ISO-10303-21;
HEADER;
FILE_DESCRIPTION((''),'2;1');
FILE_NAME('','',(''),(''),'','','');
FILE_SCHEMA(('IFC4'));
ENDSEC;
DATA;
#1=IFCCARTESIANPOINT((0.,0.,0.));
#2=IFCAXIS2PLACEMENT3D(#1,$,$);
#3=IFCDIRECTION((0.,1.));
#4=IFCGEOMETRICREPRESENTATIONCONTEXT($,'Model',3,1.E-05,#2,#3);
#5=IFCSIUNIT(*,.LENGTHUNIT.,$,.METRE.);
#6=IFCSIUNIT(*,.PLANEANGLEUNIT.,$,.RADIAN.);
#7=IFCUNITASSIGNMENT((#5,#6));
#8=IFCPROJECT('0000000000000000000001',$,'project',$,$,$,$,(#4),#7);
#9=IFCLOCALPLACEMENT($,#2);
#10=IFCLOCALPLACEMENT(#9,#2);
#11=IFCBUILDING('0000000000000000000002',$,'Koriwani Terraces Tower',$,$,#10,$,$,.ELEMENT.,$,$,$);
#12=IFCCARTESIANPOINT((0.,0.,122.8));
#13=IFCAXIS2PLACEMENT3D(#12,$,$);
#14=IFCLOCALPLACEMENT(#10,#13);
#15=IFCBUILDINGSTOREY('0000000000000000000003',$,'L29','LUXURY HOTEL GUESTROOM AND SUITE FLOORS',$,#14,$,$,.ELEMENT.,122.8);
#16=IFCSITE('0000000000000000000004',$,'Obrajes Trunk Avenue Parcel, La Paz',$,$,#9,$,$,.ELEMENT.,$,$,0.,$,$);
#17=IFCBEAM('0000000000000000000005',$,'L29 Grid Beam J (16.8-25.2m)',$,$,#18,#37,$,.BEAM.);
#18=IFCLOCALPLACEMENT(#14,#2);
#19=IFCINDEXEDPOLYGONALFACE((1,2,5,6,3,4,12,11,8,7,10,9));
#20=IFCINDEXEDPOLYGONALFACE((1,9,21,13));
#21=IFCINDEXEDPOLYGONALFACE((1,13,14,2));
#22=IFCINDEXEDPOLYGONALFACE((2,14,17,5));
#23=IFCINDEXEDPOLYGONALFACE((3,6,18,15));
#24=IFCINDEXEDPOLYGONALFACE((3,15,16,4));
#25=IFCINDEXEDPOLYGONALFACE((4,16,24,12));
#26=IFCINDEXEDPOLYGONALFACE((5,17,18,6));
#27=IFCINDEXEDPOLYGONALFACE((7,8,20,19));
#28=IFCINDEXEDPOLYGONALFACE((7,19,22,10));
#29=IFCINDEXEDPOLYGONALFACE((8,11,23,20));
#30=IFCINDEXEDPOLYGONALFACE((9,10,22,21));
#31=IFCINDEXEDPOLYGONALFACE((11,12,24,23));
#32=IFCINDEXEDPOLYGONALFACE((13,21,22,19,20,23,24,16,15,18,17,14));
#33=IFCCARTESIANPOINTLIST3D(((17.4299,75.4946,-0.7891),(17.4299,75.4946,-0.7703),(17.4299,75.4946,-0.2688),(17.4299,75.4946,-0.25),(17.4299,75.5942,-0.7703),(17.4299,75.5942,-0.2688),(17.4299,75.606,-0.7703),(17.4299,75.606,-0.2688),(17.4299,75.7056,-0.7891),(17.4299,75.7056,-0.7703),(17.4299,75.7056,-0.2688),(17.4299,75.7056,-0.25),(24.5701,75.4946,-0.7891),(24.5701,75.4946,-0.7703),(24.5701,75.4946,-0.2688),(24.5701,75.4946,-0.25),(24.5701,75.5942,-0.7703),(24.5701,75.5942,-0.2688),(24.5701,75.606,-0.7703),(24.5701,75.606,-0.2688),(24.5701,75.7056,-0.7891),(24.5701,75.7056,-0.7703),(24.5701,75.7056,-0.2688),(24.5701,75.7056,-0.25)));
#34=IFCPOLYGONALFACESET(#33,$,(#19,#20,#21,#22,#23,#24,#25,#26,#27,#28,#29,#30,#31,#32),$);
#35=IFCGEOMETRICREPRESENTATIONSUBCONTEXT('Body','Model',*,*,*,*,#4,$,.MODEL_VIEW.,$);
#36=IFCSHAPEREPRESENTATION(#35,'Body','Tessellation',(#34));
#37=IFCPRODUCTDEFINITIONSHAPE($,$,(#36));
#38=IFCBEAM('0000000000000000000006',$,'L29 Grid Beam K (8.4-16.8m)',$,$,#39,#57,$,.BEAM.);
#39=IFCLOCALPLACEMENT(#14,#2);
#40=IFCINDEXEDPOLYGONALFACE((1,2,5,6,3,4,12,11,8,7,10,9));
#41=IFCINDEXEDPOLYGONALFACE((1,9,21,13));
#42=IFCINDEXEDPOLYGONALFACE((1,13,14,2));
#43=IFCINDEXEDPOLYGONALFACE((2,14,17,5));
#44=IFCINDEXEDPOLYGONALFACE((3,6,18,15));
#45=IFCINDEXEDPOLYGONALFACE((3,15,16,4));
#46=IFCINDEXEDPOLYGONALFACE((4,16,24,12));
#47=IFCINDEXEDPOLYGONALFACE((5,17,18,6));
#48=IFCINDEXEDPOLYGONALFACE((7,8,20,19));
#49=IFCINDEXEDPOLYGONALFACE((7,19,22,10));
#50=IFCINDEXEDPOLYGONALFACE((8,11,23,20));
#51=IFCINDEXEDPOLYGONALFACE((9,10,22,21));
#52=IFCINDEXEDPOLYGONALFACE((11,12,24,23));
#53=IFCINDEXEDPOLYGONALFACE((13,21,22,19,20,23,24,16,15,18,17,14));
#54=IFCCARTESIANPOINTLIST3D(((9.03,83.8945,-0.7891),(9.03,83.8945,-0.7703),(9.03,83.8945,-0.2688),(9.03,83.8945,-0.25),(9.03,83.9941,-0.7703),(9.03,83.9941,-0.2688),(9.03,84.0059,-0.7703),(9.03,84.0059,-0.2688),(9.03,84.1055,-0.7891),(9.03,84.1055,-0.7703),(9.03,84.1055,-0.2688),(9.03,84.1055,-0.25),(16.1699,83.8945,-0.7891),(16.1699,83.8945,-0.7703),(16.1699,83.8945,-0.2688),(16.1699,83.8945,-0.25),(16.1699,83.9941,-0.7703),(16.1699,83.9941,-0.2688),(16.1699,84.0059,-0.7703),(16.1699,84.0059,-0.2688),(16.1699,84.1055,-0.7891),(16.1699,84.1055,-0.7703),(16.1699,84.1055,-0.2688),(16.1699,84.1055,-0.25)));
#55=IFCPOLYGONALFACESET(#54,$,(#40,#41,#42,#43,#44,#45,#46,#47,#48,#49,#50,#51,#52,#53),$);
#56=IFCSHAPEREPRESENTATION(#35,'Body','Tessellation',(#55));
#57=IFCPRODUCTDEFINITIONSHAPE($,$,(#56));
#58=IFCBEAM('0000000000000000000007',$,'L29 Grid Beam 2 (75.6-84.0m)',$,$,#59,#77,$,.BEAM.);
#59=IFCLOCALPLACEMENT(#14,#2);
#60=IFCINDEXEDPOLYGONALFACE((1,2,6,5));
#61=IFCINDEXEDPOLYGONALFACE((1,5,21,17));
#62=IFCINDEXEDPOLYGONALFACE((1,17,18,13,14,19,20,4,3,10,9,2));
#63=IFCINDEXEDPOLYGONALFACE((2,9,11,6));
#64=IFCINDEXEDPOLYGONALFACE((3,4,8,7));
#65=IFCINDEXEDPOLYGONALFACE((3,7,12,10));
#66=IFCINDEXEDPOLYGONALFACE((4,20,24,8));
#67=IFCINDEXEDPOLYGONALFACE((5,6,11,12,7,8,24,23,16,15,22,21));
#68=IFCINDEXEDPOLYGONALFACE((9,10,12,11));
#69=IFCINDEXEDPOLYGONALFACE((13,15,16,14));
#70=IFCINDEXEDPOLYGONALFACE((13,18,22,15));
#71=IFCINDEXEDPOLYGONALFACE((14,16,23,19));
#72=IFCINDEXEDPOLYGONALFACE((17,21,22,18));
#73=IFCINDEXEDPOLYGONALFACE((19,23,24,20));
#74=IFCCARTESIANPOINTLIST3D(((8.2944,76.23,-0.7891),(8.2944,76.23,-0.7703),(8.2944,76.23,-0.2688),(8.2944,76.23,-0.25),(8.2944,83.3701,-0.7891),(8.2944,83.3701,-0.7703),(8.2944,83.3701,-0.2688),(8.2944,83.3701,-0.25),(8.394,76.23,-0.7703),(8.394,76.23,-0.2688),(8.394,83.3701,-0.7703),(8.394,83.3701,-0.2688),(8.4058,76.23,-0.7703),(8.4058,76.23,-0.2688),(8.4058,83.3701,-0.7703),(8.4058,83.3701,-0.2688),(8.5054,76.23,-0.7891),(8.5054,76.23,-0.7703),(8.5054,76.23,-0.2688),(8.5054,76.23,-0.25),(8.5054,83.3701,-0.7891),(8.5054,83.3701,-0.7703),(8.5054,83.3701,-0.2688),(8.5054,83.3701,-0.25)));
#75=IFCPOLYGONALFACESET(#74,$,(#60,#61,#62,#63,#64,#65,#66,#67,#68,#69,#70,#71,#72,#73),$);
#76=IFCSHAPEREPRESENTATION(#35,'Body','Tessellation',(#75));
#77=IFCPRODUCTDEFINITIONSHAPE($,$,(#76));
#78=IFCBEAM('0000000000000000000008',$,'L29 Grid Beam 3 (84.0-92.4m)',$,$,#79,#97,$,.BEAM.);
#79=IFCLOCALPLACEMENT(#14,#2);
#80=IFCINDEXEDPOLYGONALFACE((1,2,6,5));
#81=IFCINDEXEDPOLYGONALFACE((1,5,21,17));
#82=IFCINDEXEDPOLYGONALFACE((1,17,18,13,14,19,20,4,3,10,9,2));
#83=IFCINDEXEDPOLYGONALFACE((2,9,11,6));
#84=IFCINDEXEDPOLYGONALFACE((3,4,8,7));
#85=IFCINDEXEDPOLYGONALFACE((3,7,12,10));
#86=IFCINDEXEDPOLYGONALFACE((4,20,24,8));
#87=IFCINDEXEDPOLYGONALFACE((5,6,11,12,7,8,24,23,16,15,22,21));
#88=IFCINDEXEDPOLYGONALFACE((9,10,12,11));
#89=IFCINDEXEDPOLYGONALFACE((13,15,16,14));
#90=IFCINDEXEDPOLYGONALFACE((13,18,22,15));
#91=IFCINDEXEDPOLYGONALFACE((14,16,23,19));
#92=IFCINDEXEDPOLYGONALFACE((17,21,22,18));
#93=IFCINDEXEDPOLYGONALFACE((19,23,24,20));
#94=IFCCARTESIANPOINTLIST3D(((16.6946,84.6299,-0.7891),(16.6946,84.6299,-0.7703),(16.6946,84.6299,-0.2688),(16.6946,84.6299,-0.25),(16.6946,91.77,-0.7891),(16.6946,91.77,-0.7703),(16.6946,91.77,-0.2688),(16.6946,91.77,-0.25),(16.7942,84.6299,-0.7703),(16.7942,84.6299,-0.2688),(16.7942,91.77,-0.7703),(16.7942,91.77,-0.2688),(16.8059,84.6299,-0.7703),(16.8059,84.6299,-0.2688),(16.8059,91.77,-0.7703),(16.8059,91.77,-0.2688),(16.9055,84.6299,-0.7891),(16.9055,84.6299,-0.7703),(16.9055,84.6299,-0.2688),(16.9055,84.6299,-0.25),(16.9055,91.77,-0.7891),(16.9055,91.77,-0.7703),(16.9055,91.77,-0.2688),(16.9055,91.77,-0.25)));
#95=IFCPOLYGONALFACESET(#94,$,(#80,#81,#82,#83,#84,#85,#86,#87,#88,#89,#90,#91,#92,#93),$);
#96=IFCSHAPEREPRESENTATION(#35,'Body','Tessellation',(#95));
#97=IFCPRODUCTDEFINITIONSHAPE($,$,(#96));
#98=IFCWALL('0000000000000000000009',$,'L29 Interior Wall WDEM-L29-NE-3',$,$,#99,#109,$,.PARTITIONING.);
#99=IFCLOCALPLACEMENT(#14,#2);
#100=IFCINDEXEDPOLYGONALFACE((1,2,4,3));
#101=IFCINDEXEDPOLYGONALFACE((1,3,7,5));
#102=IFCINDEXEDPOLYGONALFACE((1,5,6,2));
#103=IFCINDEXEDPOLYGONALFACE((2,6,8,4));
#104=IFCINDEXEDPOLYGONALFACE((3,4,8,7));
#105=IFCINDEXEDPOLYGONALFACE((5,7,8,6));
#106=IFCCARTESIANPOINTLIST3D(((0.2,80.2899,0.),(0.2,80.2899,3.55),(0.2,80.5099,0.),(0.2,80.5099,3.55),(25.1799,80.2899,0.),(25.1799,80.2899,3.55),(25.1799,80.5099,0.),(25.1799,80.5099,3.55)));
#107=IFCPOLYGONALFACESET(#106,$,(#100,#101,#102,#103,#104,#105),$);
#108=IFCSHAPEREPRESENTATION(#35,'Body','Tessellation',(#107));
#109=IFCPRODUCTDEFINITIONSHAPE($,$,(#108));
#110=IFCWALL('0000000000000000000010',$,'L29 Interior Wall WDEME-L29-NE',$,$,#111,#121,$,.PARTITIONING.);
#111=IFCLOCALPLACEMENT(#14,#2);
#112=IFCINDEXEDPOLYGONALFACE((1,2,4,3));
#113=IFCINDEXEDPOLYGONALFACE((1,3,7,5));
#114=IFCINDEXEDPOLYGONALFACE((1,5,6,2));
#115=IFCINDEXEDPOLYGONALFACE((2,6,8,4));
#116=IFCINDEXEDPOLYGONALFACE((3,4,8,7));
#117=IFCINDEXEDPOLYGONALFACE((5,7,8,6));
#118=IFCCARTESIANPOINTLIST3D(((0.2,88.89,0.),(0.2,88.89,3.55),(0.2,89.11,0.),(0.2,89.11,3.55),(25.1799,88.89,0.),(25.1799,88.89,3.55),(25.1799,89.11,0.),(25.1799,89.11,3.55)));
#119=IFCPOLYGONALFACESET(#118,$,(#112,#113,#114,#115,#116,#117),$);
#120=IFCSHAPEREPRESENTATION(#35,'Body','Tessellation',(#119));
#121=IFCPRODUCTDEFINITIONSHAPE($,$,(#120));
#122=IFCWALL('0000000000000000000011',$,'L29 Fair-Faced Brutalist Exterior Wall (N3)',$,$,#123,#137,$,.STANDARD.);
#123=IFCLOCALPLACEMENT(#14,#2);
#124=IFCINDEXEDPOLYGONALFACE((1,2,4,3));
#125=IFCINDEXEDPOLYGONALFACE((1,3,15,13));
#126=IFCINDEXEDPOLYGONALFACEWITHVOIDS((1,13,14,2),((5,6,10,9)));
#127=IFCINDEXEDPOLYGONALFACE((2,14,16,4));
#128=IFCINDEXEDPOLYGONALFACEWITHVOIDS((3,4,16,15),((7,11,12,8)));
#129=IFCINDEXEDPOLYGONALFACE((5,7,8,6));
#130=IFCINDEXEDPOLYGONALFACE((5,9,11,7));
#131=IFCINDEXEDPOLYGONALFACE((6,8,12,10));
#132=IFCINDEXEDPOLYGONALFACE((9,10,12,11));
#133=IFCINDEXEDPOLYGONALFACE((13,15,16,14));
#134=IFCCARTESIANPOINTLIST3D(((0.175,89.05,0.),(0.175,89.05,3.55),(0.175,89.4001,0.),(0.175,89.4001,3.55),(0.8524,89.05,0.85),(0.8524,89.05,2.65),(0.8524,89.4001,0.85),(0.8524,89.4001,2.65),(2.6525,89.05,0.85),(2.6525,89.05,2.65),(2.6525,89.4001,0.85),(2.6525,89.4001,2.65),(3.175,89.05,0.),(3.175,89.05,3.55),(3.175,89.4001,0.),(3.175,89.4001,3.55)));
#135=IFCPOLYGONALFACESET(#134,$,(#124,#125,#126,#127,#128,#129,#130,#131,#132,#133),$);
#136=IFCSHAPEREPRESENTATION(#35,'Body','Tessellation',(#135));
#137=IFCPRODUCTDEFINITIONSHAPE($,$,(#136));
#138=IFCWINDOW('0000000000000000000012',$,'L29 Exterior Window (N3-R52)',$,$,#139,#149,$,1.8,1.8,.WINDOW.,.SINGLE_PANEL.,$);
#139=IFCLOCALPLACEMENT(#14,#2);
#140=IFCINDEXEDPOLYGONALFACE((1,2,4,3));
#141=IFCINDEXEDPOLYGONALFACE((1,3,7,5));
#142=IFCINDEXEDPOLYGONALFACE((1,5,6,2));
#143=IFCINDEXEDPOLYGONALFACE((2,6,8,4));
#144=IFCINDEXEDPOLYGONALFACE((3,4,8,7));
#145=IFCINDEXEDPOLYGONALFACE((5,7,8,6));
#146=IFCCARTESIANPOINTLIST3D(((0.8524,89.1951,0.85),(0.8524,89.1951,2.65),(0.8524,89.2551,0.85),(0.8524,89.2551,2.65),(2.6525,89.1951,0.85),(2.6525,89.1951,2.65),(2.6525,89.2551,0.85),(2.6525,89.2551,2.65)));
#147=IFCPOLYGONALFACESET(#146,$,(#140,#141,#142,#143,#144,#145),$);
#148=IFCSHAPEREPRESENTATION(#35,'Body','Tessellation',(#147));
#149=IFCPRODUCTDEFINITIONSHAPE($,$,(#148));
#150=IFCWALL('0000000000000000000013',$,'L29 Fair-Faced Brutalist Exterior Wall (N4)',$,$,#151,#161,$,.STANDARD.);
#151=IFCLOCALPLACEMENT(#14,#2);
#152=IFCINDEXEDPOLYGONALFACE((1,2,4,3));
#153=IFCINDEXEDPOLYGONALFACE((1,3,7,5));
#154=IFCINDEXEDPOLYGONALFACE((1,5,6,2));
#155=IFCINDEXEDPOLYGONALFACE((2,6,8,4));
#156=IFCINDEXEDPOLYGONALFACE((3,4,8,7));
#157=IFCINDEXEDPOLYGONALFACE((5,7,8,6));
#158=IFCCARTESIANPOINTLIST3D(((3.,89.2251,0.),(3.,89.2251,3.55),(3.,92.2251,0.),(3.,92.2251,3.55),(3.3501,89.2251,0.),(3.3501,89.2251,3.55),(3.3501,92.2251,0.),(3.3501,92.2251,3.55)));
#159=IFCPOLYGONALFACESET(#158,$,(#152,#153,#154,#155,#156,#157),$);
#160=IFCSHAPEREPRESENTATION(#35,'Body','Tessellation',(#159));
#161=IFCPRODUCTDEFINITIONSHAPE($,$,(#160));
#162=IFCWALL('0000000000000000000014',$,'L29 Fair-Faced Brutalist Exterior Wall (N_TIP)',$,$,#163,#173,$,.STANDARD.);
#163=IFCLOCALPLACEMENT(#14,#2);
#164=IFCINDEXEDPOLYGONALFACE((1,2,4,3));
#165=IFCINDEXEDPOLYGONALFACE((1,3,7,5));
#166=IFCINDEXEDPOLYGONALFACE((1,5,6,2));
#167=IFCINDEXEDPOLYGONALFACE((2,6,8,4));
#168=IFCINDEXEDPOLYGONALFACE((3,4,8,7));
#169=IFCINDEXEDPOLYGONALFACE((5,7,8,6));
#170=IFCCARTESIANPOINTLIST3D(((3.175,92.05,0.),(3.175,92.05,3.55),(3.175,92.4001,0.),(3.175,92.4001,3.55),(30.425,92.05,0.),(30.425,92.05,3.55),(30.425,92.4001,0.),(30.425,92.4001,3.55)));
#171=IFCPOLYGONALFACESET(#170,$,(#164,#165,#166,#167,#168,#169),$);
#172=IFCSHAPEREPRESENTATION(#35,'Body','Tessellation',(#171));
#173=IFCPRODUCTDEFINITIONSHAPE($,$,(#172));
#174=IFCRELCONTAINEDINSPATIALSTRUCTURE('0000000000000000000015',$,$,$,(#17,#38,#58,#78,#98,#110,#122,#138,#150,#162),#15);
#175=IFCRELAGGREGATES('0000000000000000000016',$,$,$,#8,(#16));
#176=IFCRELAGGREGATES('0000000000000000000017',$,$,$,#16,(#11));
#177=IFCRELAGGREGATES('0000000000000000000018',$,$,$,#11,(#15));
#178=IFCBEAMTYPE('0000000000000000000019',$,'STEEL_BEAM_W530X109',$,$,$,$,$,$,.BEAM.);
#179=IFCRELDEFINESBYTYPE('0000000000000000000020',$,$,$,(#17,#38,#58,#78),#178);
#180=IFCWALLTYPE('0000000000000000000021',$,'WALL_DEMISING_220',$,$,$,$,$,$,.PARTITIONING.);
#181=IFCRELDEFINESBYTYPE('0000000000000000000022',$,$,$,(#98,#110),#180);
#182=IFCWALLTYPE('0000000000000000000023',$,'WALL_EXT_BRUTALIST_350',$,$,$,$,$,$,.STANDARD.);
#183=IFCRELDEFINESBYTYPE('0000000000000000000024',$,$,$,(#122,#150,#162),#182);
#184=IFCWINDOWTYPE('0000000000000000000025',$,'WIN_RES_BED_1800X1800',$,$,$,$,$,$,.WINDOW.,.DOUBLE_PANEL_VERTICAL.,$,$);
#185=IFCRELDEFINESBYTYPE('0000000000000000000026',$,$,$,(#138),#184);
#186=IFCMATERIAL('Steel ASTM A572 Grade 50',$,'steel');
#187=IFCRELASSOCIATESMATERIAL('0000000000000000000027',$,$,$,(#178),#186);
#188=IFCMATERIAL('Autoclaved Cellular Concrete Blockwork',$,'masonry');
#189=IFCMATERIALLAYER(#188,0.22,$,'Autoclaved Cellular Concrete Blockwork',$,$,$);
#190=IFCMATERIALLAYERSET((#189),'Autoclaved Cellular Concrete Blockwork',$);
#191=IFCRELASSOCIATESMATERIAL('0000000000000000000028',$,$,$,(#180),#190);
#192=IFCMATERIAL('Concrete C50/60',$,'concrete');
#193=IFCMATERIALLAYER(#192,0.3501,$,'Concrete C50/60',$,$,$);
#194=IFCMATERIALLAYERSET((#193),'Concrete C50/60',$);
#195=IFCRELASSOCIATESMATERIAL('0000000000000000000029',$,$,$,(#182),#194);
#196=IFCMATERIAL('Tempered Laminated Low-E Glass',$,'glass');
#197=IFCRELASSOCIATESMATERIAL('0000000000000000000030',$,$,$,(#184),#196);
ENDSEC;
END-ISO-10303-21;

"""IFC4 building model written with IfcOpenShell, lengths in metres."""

from ifc_helpers import new_model, si_unit, direction, frame, frame_2d, origin, origin_2d, place, context, subcontext, project, spatial, rectangle, i_section, extrude, material, layer, layer_set, material_profile, profile_set, type_object, element, fill, save


model = new_model("IFC4")

# Units and contexts
model_context = context("Model", 3, precision=1e-05, world=origin(), true_north=direction((0.0, 1.0)))
body_context = subcontext(model_context, "Body", "Model", "MODEL_VIEW")
ifc_project = project(units=[si_unit("LENGTHUNIT", "METRE"), si_unit("PLANEANGLEUNIT", "RADIAN")], contexts=[model_context])

# Site, building, storey
site_placement = place(None, origin())
site = spatial("IfcSite", under=ifc_project, at=site_placement, Name="Obrajes Trunk Avenue Parcel, La Paz", CompositionType="ELEMENT", RefElevation=0.0)
building_placement = place(site_placement, origin())
building = spatial("IfcBuilding", under=site, at=building_placement, Name="Koriwani Terraces Tower", CompositionType="ELEMENT")
storey_placement = place(building_placement, frame((0.0, 0.0, 122.8)))
storey = spatial("IfcBuildingStorey", under=building, at=storey_placement, Name="L29", Description="LUXURY HOTEL GUESTROOM AND SUITE FLOORS", CompositionType="ELEMENT", Elevation=122.8)

# Beams
ifc_material_1 = material(Name="Concrete C50/60", Category="concrete")
ifc_material_2 = material(Name="Steel ASTM A572 Grade 50", Category="steel")
ifc_material_profile_1 = material_profile(ifc_material_2, i_section(OverallWidth=0.2109, OverallDepth=0.5391, WebThickness=0.0117, FlangeThickness=0.0188, at=origin_2d()), Name="Steel ASTM A572 Grade 50", Category="LoadBearing")
ifc_profile_set_1 = profile_set([ifc_material_profile_1], Name="Steel ASTM A572 Grade 50")
beam_type_1 = type_object("IfcBeamType", Name="STEEL_BEAM_W530X109", PredefinedType="BEAM", material=ifc_profile_set_1)
for number, where, z_axis, x_axis, name in (
    (1, (17.4299, 75.6001, -0.5195), (1.0, 0.0, 0.0), (0.0, 1.0, 0.0), "L29 Grid Beam J (16.8-25.2m)"),
):
    element("IfcBeam", number, at=place(storey_placement, frame(where, z_axis=z_axis, x_axis=x_axis)), inside=storey, type_object=beam_type_1, Name=name, PredefinedType="BEAM", context=body_context, shape_type="SweptSolid", body=[
        extrude(i_section(OverallWidth=0.2109, OverallDepth=0.5391, WebThickness=0.0117, FlangeThickness=0.0188, at=origin_2d()), origin(), (0.0, 0.0, 1.0), 7.1401),
    ])
beam_1_placement = place(storey_placement, frame((9.03, 84.0, -0.5195), z_axis=(1.0, 0.0, 0.0), x_axis=(0.0, 1.0, 0.0)))
element("IfcBeam", 2, at=beam_1_placement, inside=storey, type_object=beam_type_1, Name="L29 Grid Beam K (8.4-16.8m)", PredefinedType="BEAM", context=body_context, shape_type="SweptSolid", body=[
    extrude(i_section(OverallWidth=0.2109, OverallDepth=0.5391, WebThickness=0.0117, FlangeThickness=0.0188, at=origin_2d()), origin(), (0.0, 0.0, 1.0), 7.1399),
])
for number, where, z_axis, x_axis, name in (
    (3, (8.3999, 76.23, -0.5195), (0.0, 1.0, 0.0), (-1.0, 0.0, 0.0), "L29 Grid Beam 2 (75.6-84.0m)"),
    (4, (16.8, 84.6299, -0.5195), (0.0, 1.0, 0.0), (-1.0, 0.0, 0.0), "L29 Grid Beam 3 (84.0-92.4m)"),
):
    element("IfcBeam", number, at=place(storey_placement, frame(where, z_axis=z_axis, x_axis=x_axis)), inside=storey, type_object=beam_type_1, Name=name, PredefinedType="BEAM", context=body_context, shape_type="SweptSolid", body=[
        extrude(i_section(OverallWidth=0.2109, OverallDepth=0.5391, WebThickness=0.0117, FlangeThickness=0.0188, at=origin_2d()), origin(), (0.0, 0.0, 1.0), 7.1401),
    ])

# Walls
ifc_material_3 = material(Name="Autoclaved Cellular Concrete Blockwork", Category="masonry")
ifc_layer_1 = layer(ifc_material_3, 0.22, Name="Autoclaved Cellular Concrete Blockwork")
ifc_layer_set_1 = layer_set([ifc_layer_1], Name="Autoclaved Cellular Concrete Blockwork")
wall_type_1 = type_object("IfcWallType", Name="WALL_DEMISING_220", PredefinedType="PARTITIONING", material=ifc_layer_set_1)
for number, where, z_axis, x_axis, name in (
    (5, (0.2, 80.3999, 0.0), (0.0, 0.0, 1.0), (1.0, 0.0, 0.0), "L29 Interior Wall WDEM-L29-NE-3"),
    (6, (0.2, 89.0, 0.0), (0.0, 0.0, 1.0), (1.0, 0.0, 0.0), "L29 Interior Wall WDEME-L29-NE"),
):
    element("IfcWall", number, at=place(storey_placement, frame(where, z_axis=z_axis, x_axis=x_axis)), inside=storey, type_object=wall_type_1, Name=name, PredefinedType="PARTITIONING", context=body_context, shape_type="SweptSolid", body=[
        extrude(rectangle(XDim=24.98, YDim=0.22, at=frame_2d((12.49, 0.0))), origin(), (0.0, 0.0, 1.0), 3.55),
    ])

# Wall, opening, window
ifc_layer_2 = layer(ifc_material_1, 0.3501, Name="Concrete C50/60")
ifc_layer_set_2 = layer_set([ifc_layer_2], Name="Concrete C50/60")
wall_type_2 = type_object("IfcWallType", Name="WALL_EXT_BRUTALIST_350", PredefinedType="STANDARD", material=ifc_layer_set_2)
wall_1_placement = place(storey_placement, frame((0.175, 89.2251, 0.0), z_axis=(0.0, 0.0, 1.0), x_axis=(1.0, 0.0, 0.0)))
wall_1 = element("IfcWall", 7, at=wall_1_placement, inside=storey, type_object=wall_type_2, Name="L29 Fair-Faced Brutalist Exterior Wall (N3)", PredefinedType="STANDARD", context=body_context, shape_type="SweptSolid", body=[
    extrude(rectangle(XDim=3.0, YDim=0.3501, at=frame_2d((1.5, 0.0))), origin(), (0.0, 0.0, 1.0), 3.55),
])
opening_placement = place(wall_1_placement, frame((0.6775, 0.0, 0.8501)))
opening = element("IfcOpeningElement", 8, at=opening_placement, cuts=wall_1, PredefinedType="OPENING", context=body_context, shape_type="SweptSolid", body=[
    extrude(rectangle(XDim=1.8, YDim=1.8, at=frame_2d((0.8999, 0.8999))), frame((0.0, 0.1851, 0.0), z_axis=(0.0, -1.0, 0.0), x_axis=(1.0, 0.0, 0.0)), (0.0, 0.0, 1.0), 0.3701),
])
ifc_material_4 = material(Name="Tempered Laminated Low-E Glass", Category="glass")
window_type = type_object("IfcWindowType", Name="WIN_RES_BED_1800X1800", PartitioningType="DOUBLE_PANEL_VERTICAL", PredefinedType="WINDOW", material=ifc_material_4)
window_placement = place(opening_placement, origin())
window = element("IfcWindow", 9, at=window_placement, inside=storey, type_object=window_type, Name="L29 Exterior Window (N3-R52)", OverallHeight=1.8, OverallWidth=1.8, PartitioningType="SINGLE_PANEL", PredefinedType="WINDOW", context=body_context, shape_type="SweptSolid", body=[
    extrude(rectangle(XDim=1.8, YDim=1.8, at=frame_2d((0.8999, 0.8999))), frame((0.0, 0.03, 0.0), z_axis=(0.0, -1.0, 0.0), x_axis=(1.0, 0.0, 0.0)), (0.0, 0.0, 1.0), 0.0601),
])
fill(opening, window)

# Walls
wall_2_placement = place(storey_placement, frame((3.175, 89.2251, 0.0), z_axis=(0.0, 0.0, 1.0), x_axis=(0.0, 1.0, 0.0)))
element("IfcWall", 10, at=wall_2_placement, inside=storey, type_object=wall_type_2, Name="L29 Fair-Faced Brutalist Exterior Wall (N4)", PredefinedType="STANDARD", context=body_context, shape_type="SweptSolid", body=[
    extrude(rectangle(XDim=3.0, YDim=0.3501, at=frame_2d((1.5, 0.0))), origin(), (0.0, 0.0, 1.0), 3.55),
])
wall_3_placement = place(storey_placement, frame((3.175, 92.2251, 0.0), z_axis=(0.0, 0.0, 1.0), x_axis=(1.0, 0.0, 0.0)))
element("IfcWall", 11, at=wall_3_placement, inside=storey, type_object=wall_type_2, Name="L29 Fair-Faced Brutalist Exterior Wall (N_TIP)", PredefinedType="STANDARD", context=body_context, shape_type="SweptSolid", body=[
    extrude(rectangle(XDim=27.25, YDim=0.3501, at=frame_2d((13.625, 0.0))), origin(), (0.0, 0.0, 1.0), 3.55),
])

save(model, "model.ifc")
